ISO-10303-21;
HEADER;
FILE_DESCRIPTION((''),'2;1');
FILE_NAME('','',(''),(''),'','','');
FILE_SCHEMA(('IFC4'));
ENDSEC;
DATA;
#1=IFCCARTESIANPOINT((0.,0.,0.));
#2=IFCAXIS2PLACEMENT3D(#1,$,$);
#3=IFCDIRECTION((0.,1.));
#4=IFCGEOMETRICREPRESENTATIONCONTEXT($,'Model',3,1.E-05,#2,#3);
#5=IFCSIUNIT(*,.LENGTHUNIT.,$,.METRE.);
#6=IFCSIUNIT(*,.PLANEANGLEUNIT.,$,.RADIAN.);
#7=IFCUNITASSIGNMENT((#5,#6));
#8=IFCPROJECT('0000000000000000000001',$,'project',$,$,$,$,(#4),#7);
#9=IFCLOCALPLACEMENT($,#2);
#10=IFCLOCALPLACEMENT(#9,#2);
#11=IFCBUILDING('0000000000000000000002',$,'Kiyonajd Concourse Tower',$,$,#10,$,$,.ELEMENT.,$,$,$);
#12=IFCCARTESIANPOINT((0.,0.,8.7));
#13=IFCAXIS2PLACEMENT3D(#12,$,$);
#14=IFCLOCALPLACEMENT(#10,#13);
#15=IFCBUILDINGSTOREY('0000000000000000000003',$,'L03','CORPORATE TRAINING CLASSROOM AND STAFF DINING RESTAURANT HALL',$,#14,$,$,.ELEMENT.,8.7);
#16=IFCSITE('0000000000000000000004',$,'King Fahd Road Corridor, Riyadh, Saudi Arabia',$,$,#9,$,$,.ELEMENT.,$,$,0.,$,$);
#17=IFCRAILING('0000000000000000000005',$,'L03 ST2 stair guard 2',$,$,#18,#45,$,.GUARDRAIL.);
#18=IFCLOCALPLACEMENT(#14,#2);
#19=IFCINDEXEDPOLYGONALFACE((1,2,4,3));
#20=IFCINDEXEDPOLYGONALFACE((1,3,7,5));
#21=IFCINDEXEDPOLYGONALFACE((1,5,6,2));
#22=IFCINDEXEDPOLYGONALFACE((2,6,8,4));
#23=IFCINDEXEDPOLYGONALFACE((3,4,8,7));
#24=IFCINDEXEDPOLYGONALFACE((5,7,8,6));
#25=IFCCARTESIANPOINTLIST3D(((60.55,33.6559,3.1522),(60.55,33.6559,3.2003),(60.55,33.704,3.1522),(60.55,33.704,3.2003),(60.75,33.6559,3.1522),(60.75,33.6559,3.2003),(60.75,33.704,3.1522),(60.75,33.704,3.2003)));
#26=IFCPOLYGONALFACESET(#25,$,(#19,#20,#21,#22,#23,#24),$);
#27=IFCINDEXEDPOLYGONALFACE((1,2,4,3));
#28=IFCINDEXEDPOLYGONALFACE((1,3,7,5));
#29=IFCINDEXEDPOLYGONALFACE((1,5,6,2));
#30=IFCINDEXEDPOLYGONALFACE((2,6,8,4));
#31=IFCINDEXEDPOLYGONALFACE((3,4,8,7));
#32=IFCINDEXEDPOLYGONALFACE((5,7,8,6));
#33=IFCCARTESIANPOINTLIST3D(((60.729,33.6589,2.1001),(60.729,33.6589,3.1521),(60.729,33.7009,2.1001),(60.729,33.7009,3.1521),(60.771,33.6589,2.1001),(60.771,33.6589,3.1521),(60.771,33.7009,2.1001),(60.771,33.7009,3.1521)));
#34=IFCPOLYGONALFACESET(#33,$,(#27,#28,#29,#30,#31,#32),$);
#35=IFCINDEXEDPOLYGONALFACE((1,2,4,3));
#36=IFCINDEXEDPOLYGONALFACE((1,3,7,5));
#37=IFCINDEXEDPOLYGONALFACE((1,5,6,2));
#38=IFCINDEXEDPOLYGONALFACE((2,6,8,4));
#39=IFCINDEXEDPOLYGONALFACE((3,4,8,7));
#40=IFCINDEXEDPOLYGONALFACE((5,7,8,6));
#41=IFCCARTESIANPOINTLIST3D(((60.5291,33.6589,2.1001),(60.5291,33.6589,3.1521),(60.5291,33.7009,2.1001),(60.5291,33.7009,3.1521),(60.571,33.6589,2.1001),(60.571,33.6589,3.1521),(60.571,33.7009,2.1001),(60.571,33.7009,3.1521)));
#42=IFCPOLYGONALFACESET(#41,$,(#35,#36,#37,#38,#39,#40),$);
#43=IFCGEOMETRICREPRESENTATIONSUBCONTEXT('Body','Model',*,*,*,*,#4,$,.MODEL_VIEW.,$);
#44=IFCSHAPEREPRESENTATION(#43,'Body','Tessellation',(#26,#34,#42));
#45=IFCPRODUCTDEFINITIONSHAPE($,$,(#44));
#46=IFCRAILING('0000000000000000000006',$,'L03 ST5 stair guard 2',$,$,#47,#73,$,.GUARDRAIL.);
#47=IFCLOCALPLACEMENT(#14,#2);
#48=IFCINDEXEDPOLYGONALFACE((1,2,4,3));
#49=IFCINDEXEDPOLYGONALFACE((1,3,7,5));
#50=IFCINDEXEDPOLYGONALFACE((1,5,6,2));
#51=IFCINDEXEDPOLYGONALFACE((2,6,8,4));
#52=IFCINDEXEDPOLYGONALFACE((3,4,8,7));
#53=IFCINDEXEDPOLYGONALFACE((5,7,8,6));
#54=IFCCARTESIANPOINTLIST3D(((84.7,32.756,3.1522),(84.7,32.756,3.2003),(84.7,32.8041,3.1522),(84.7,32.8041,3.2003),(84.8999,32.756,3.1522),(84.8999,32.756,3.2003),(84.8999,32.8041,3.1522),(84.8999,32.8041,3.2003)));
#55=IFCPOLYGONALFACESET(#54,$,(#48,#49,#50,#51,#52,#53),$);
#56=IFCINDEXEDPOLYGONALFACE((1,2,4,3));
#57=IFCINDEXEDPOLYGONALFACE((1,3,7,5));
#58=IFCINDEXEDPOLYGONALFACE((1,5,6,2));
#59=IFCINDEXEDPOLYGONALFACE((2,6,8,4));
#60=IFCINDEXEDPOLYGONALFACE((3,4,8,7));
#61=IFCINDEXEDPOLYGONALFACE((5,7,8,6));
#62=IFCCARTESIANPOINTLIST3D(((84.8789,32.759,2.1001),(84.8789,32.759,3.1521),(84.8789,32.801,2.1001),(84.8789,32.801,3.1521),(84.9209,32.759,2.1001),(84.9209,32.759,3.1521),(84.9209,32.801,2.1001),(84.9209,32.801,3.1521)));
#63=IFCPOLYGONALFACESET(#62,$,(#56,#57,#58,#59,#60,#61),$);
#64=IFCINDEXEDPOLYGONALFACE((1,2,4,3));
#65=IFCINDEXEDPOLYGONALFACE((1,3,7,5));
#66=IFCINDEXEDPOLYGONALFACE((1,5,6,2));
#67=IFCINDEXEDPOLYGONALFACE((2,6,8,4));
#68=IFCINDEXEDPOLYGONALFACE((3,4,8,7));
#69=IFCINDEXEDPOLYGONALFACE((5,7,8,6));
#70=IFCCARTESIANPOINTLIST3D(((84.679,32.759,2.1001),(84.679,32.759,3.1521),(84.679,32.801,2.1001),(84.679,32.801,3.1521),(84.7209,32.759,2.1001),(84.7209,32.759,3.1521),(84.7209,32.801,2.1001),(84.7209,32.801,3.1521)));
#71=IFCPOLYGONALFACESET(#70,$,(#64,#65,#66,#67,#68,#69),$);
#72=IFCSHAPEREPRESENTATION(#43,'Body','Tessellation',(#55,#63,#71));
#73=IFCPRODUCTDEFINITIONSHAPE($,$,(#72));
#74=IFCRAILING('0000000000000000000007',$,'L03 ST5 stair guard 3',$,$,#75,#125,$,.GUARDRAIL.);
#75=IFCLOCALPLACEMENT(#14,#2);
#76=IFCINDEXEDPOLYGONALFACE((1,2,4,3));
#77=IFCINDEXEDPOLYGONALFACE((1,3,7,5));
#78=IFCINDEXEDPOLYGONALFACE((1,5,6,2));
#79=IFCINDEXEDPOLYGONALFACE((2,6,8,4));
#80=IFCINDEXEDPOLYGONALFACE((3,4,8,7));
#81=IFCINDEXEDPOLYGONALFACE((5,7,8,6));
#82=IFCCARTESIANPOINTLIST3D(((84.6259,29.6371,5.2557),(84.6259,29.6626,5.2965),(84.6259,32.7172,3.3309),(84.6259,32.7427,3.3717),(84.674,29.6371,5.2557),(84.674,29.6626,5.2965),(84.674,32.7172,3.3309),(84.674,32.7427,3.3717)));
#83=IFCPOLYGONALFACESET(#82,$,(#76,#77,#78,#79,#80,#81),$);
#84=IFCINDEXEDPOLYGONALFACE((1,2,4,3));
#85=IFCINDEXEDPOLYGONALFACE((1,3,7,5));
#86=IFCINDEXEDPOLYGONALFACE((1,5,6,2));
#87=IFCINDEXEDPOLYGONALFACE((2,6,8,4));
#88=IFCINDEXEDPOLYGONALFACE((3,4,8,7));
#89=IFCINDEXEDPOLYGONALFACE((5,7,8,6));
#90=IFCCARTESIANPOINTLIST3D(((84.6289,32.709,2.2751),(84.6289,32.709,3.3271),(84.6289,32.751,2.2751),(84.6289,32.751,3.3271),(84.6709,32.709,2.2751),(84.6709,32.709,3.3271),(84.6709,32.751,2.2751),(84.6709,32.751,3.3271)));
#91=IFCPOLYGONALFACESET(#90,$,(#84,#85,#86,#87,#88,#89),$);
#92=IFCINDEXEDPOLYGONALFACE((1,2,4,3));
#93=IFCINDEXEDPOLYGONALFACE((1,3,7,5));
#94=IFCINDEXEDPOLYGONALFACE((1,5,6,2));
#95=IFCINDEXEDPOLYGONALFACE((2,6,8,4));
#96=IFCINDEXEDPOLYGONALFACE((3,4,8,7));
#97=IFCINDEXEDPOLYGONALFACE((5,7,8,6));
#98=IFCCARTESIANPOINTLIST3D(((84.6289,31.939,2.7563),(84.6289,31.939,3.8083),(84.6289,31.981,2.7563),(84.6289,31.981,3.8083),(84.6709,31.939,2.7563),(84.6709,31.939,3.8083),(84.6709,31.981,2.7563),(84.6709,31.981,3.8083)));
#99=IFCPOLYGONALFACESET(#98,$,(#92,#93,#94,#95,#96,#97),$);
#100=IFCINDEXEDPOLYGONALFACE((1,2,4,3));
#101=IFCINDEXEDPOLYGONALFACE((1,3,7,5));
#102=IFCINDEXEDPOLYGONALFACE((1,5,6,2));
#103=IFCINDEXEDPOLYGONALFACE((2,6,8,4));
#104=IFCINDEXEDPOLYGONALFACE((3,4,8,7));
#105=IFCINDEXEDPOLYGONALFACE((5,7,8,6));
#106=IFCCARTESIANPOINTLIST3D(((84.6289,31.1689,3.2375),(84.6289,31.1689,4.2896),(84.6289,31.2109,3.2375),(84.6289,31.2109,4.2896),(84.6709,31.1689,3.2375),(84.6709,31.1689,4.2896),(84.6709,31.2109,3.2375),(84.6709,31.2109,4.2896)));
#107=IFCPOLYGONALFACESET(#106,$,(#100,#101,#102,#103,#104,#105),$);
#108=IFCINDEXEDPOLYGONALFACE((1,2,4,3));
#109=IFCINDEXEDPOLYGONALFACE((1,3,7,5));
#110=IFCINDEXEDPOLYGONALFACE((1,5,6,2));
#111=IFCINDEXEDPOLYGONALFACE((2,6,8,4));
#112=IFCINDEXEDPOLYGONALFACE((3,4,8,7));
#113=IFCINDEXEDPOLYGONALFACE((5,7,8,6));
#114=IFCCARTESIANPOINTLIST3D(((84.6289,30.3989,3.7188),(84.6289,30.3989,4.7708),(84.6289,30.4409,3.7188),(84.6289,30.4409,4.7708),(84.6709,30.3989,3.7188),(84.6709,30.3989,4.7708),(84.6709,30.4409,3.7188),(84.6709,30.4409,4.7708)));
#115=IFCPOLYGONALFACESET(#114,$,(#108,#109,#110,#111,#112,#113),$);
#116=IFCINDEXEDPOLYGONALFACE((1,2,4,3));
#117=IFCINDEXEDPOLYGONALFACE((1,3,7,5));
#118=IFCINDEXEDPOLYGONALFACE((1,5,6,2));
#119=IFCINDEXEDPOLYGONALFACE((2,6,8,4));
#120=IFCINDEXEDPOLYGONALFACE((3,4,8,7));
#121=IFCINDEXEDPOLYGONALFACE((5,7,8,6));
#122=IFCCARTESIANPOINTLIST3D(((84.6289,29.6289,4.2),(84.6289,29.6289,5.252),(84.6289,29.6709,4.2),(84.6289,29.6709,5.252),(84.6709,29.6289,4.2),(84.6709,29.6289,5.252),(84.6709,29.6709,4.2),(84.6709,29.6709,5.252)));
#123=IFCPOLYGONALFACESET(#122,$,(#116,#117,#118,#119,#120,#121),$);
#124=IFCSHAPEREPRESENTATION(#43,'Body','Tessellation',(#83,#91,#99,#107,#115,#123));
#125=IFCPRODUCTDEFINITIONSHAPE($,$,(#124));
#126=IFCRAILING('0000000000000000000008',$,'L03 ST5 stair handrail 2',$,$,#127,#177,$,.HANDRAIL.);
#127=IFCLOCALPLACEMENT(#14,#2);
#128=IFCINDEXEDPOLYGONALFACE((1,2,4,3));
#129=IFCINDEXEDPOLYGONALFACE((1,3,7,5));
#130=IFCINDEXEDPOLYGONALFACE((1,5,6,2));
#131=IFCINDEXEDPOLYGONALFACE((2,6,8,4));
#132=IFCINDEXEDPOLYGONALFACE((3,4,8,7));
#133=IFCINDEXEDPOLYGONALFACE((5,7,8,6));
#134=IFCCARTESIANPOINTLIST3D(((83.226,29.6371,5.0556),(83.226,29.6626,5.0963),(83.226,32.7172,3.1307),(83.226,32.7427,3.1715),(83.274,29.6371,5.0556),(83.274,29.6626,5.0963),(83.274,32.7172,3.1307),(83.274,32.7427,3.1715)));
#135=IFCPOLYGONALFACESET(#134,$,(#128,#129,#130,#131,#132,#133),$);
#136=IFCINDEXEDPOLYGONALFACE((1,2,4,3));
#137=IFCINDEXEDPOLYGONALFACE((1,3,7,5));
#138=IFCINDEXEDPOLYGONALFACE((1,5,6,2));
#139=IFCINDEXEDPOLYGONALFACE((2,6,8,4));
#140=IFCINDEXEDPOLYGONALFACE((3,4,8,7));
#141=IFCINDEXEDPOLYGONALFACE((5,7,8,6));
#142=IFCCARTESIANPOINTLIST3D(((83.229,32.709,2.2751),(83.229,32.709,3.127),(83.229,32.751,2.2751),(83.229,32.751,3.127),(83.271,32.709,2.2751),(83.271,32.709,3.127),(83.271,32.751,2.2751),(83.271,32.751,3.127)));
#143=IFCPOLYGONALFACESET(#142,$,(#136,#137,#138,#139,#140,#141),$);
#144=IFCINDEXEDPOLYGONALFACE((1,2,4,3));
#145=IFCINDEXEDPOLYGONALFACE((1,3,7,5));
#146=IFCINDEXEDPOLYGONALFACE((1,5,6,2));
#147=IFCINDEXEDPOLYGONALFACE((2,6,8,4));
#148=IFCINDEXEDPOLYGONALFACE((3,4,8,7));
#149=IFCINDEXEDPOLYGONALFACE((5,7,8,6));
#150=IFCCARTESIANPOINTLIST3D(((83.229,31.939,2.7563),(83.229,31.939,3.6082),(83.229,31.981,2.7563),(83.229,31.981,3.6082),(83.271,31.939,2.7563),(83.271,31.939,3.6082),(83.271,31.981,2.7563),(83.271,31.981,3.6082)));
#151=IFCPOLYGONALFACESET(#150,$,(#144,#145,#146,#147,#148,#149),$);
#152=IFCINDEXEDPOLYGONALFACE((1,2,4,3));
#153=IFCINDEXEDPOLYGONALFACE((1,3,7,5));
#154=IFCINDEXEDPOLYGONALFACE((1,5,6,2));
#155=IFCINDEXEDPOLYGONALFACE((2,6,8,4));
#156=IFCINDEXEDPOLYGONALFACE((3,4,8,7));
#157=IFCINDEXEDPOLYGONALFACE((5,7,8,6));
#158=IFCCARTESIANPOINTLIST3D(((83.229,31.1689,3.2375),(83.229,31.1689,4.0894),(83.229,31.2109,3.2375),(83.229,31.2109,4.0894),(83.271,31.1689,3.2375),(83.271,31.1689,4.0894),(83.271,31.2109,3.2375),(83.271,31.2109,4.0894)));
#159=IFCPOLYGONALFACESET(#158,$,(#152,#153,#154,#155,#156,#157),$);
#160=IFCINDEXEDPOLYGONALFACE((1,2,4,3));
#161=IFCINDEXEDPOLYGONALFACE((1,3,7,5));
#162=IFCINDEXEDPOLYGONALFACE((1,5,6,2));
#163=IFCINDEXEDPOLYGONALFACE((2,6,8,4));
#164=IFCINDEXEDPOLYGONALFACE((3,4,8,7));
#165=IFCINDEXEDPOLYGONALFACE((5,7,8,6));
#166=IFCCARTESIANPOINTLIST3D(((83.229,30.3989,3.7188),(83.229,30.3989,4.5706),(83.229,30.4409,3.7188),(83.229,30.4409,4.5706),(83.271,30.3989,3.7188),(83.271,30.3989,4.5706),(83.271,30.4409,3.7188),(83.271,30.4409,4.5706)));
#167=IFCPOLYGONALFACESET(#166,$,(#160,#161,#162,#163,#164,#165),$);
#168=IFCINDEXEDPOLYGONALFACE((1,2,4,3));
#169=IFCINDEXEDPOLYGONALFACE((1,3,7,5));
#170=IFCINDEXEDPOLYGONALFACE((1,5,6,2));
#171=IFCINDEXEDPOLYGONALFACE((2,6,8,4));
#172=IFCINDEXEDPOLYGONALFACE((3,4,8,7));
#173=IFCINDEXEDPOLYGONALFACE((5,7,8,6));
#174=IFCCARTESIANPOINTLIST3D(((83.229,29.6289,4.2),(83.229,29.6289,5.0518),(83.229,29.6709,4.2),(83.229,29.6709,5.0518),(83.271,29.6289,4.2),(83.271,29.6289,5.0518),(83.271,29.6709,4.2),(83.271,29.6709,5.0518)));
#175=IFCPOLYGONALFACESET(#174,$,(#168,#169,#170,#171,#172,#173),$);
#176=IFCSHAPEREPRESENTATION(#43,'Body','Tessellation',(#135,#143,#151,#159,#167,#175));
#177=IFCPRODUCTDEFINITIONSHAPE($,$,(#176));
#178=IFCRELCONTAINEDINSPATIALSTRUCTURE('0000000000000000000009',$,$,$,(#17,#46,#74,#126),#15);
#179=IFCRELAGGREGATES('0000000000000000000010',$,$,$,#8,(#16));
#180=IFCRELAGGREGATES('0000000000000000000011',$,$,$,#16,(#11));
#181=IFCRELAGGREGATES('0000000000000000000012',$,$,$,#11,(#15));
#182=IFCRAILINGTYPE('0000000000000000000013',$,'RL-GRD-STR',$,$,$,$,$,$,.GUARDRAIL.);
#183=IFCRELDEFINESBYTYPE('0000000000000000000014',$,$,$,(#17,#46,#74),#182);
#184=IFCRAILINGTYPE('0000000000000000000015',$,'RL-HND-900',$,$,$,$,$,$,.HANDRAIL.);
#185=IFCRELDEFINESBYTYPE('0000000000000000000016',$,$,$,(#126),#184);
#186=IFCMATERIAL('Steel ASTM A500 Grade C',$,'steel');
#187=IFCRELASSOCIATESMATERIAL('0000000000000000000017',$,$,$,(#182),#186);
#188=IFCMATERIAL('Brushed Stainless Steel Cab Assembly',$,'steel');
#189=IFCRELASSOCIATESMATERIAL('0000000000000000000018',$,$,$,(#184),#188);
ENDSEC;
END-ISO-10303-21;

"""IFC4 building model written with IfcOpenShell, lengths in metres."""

from ifc_helpers import new_model, si_unit, direction, frame, origin, origin_2d, place, context, subcontext, project, spatial, rectangle, extrude, material, type_object, element, save


model = new_model("IFC4")

# Units and contexts
model_context = context("Model", 3, precision=1e-05, world=origin(), true_north=direction((0.0, 1.0)))
body_context = subcontext(model_context, "Body", "Model", "MODEL_VIEW")
ifc_project = project(units=[si_unit("LENGTHUNIT", "METRE"), si_unit("PLANEANGLEUNIT", "RADIAN")], contexts=[model_context])

# Site, building, storey
site_placement = place(None, origin())
site = spatial("IfcSite", under=ifc_project, at=site_placement, Name="King Fahd Road Corridor, Riyadh, Saudi Arabia", CompositionType="ELEMENT", RefElevation=0.0)
building_placement = place(site_placement, origin())
building = spatial("IfcBuilding", under=site, at=building_placement, Name="Kiyonajd Concourse Tower", CompositionType="ELEMENT")
storey_placement = place(building_placement, frame((0.0, 0.0, 8.7)))
storey = spatial("IfcBuildingStorey", under=building, at=storey_placement, Name="L03", Description="CORPORATE TRAINING CLASSROOM AND STAFF DINING RESTAURANT HALL", CompositionType="ELEMENT", Elevation=8.7)

# Railings
ifc_material_1 = material(Name="Steel ASTM A500 Grade C", Category="steel")
railing_type_1 = type_object("IfcRailingType", Name="RL-GRD-STR", PredefinedType="GUARDRAIL", material=ifc_material_1)
for number, where, name in (
    (1, (60.75, 33.6799, 2.1001), "L03 ST2 stair guard 2"),
    (2, (84.8999, 32.78, 2.1001), "L03 ST5 stair guard 2"),
):
    element("IfcRailing", number, at=place(storey_placement, frame(where)), inside=storey, type_object=railing_type_1, Name=name, PredefinedType="GUARDRAIL", context=body_context, shape_type="SweptSolid", body=[
        extrude(rectangle(XDim=0.0481, YDim=0.0481, at=origin_2d()), frame((0.0, 0.0, 1.0762), z_axis=(-1.0, 0.0, 0.0), x_axis=(0.0, -1.0, 0.0)), (0.0, 0.0, 1.0), 0.2),
        extrude(rectangle(XDim=0.042, YDim=0.042, at=origin_2d()), origin(), (0.0, 0.0, 1.0), 1.052),
        extrude(rectangle(XDim=0.042, YDim=0.042, at=origin_2d()), frame((-0.2, 0.0, 0.0)), (0.0, 0.0, 1.0), 1.052),
    ])
railing_1_placement = place(storey_placement, frame((84.6499, 32.73, 2.2751)))
element("IfcRailing", 3, at=railing_1_placement, inside=storey, type_object=railing_type_1, Name="L03 ST5 stair guard 3", PredefinedType="GUARDRAIL", context=body_context, shape_type="SweptSolid", body=[
    extrude(rectangle(XDim=0.0481, YDim=0.0481, at=origin_2d()), frame((0.0, 0.0, 1.0762), z_axis=(0.0, -0.848029, 0.529951), x_axis=(1.0, 0.0, 0.0)), (0.0, 0.0, 1.0), 3.6321),
    extrude(rectangle(XDim=0.042, YDim=0.042, at=origin_2d()), origin(), (0.0, 0.0, 1.0), 1.052),
    extrude(rectangle(XDim=0.042, YDim=0.042, at=origin_2d()), frame((0.0, -0.77, 0.4812)), (0.0, 0.0, 1.0), 1.052),
    extrude(rectangle(XDim=0.042, YDim=0.042, at=origin_2d()), frame((0.0, -1.54, 0.9624)), (0.0, 0.0, 1.0), 1.052),
    extrude(rectangle(XDim=0.042, YDim=0.042, at=origin_2d()), frame((0.0, -2.3101, 1.4436)), (0.0, 0.0, 1.0), 1.052),
    extrude(rectangle(XDim=0.042, YDim=0.042, at=origin_2d()), frame((0.0, -3.0801, 1.9248)), (0.0, 0.0, 1.0), 1.052),
])
ifc_material_2 = material(Name="Brushed Stainless Steel Cab Assembly", Category="steel")
railing_type_2 = type_object("IfcRailingType", Name="RL-HND-900", PredefinedType="HANDRAIL", material=ifc_material_2)
railing_2_placement = place(storey_placement, frame((83.25, 32.73, 2.2751)))
element("IfcRailing", 4, at=railing_2_placement, inside=storey, type_object=railing_type_2, Name="L03 ST5 stair handrail 2", PredefinedType="HANDRAIL", context=body_context, shape_type="SweptSolid", body=[
    extrude(rectangle(XDim=0.0481, YDim=0.0481, at=origin_2d()), frame((0.0, 0.0, 0.876), z_axis=(0.0, -0.848029, 0.529951), x_axis=(1.0, 0.0, 0.0)), (0.0, 0.0, 1.0), 3.6321),
    extrude(rectangle(XDim=0.042, YDim=0.042, at=origin_2d()), origin(), (0.0, 0.0, 1.0), 0.8518),
    extrude(rectangle(XDim=0.042, YDim=0.042, at=origin_2d()), frame((0.0, -0.77, 0.4812)), (0.0, 0.0, 1.0), 0.8518),
    extrude(rectangle(XDim=0.042, YDim=0.042, at=origin_2d()), frame((0.0, -1.54, 0.9624)), (0.0, 0.0, 1.0), 0.8518),
    extrude(rectangle(XDim=0.042, YDim=0.042, at=origin_2d()), frame((0.0, -2.3101, 1.4436)), (0.0, 0.0, 1.0), 0.8518),
    extrude(rectangle(XDim=0.042, YDim=0.042, at=origin_2d()), frame((0.0, -3.0801, 1.9248)), (0.0, 0.0, 1.0), 0.8518),
])

save(model, "model.ifc")
